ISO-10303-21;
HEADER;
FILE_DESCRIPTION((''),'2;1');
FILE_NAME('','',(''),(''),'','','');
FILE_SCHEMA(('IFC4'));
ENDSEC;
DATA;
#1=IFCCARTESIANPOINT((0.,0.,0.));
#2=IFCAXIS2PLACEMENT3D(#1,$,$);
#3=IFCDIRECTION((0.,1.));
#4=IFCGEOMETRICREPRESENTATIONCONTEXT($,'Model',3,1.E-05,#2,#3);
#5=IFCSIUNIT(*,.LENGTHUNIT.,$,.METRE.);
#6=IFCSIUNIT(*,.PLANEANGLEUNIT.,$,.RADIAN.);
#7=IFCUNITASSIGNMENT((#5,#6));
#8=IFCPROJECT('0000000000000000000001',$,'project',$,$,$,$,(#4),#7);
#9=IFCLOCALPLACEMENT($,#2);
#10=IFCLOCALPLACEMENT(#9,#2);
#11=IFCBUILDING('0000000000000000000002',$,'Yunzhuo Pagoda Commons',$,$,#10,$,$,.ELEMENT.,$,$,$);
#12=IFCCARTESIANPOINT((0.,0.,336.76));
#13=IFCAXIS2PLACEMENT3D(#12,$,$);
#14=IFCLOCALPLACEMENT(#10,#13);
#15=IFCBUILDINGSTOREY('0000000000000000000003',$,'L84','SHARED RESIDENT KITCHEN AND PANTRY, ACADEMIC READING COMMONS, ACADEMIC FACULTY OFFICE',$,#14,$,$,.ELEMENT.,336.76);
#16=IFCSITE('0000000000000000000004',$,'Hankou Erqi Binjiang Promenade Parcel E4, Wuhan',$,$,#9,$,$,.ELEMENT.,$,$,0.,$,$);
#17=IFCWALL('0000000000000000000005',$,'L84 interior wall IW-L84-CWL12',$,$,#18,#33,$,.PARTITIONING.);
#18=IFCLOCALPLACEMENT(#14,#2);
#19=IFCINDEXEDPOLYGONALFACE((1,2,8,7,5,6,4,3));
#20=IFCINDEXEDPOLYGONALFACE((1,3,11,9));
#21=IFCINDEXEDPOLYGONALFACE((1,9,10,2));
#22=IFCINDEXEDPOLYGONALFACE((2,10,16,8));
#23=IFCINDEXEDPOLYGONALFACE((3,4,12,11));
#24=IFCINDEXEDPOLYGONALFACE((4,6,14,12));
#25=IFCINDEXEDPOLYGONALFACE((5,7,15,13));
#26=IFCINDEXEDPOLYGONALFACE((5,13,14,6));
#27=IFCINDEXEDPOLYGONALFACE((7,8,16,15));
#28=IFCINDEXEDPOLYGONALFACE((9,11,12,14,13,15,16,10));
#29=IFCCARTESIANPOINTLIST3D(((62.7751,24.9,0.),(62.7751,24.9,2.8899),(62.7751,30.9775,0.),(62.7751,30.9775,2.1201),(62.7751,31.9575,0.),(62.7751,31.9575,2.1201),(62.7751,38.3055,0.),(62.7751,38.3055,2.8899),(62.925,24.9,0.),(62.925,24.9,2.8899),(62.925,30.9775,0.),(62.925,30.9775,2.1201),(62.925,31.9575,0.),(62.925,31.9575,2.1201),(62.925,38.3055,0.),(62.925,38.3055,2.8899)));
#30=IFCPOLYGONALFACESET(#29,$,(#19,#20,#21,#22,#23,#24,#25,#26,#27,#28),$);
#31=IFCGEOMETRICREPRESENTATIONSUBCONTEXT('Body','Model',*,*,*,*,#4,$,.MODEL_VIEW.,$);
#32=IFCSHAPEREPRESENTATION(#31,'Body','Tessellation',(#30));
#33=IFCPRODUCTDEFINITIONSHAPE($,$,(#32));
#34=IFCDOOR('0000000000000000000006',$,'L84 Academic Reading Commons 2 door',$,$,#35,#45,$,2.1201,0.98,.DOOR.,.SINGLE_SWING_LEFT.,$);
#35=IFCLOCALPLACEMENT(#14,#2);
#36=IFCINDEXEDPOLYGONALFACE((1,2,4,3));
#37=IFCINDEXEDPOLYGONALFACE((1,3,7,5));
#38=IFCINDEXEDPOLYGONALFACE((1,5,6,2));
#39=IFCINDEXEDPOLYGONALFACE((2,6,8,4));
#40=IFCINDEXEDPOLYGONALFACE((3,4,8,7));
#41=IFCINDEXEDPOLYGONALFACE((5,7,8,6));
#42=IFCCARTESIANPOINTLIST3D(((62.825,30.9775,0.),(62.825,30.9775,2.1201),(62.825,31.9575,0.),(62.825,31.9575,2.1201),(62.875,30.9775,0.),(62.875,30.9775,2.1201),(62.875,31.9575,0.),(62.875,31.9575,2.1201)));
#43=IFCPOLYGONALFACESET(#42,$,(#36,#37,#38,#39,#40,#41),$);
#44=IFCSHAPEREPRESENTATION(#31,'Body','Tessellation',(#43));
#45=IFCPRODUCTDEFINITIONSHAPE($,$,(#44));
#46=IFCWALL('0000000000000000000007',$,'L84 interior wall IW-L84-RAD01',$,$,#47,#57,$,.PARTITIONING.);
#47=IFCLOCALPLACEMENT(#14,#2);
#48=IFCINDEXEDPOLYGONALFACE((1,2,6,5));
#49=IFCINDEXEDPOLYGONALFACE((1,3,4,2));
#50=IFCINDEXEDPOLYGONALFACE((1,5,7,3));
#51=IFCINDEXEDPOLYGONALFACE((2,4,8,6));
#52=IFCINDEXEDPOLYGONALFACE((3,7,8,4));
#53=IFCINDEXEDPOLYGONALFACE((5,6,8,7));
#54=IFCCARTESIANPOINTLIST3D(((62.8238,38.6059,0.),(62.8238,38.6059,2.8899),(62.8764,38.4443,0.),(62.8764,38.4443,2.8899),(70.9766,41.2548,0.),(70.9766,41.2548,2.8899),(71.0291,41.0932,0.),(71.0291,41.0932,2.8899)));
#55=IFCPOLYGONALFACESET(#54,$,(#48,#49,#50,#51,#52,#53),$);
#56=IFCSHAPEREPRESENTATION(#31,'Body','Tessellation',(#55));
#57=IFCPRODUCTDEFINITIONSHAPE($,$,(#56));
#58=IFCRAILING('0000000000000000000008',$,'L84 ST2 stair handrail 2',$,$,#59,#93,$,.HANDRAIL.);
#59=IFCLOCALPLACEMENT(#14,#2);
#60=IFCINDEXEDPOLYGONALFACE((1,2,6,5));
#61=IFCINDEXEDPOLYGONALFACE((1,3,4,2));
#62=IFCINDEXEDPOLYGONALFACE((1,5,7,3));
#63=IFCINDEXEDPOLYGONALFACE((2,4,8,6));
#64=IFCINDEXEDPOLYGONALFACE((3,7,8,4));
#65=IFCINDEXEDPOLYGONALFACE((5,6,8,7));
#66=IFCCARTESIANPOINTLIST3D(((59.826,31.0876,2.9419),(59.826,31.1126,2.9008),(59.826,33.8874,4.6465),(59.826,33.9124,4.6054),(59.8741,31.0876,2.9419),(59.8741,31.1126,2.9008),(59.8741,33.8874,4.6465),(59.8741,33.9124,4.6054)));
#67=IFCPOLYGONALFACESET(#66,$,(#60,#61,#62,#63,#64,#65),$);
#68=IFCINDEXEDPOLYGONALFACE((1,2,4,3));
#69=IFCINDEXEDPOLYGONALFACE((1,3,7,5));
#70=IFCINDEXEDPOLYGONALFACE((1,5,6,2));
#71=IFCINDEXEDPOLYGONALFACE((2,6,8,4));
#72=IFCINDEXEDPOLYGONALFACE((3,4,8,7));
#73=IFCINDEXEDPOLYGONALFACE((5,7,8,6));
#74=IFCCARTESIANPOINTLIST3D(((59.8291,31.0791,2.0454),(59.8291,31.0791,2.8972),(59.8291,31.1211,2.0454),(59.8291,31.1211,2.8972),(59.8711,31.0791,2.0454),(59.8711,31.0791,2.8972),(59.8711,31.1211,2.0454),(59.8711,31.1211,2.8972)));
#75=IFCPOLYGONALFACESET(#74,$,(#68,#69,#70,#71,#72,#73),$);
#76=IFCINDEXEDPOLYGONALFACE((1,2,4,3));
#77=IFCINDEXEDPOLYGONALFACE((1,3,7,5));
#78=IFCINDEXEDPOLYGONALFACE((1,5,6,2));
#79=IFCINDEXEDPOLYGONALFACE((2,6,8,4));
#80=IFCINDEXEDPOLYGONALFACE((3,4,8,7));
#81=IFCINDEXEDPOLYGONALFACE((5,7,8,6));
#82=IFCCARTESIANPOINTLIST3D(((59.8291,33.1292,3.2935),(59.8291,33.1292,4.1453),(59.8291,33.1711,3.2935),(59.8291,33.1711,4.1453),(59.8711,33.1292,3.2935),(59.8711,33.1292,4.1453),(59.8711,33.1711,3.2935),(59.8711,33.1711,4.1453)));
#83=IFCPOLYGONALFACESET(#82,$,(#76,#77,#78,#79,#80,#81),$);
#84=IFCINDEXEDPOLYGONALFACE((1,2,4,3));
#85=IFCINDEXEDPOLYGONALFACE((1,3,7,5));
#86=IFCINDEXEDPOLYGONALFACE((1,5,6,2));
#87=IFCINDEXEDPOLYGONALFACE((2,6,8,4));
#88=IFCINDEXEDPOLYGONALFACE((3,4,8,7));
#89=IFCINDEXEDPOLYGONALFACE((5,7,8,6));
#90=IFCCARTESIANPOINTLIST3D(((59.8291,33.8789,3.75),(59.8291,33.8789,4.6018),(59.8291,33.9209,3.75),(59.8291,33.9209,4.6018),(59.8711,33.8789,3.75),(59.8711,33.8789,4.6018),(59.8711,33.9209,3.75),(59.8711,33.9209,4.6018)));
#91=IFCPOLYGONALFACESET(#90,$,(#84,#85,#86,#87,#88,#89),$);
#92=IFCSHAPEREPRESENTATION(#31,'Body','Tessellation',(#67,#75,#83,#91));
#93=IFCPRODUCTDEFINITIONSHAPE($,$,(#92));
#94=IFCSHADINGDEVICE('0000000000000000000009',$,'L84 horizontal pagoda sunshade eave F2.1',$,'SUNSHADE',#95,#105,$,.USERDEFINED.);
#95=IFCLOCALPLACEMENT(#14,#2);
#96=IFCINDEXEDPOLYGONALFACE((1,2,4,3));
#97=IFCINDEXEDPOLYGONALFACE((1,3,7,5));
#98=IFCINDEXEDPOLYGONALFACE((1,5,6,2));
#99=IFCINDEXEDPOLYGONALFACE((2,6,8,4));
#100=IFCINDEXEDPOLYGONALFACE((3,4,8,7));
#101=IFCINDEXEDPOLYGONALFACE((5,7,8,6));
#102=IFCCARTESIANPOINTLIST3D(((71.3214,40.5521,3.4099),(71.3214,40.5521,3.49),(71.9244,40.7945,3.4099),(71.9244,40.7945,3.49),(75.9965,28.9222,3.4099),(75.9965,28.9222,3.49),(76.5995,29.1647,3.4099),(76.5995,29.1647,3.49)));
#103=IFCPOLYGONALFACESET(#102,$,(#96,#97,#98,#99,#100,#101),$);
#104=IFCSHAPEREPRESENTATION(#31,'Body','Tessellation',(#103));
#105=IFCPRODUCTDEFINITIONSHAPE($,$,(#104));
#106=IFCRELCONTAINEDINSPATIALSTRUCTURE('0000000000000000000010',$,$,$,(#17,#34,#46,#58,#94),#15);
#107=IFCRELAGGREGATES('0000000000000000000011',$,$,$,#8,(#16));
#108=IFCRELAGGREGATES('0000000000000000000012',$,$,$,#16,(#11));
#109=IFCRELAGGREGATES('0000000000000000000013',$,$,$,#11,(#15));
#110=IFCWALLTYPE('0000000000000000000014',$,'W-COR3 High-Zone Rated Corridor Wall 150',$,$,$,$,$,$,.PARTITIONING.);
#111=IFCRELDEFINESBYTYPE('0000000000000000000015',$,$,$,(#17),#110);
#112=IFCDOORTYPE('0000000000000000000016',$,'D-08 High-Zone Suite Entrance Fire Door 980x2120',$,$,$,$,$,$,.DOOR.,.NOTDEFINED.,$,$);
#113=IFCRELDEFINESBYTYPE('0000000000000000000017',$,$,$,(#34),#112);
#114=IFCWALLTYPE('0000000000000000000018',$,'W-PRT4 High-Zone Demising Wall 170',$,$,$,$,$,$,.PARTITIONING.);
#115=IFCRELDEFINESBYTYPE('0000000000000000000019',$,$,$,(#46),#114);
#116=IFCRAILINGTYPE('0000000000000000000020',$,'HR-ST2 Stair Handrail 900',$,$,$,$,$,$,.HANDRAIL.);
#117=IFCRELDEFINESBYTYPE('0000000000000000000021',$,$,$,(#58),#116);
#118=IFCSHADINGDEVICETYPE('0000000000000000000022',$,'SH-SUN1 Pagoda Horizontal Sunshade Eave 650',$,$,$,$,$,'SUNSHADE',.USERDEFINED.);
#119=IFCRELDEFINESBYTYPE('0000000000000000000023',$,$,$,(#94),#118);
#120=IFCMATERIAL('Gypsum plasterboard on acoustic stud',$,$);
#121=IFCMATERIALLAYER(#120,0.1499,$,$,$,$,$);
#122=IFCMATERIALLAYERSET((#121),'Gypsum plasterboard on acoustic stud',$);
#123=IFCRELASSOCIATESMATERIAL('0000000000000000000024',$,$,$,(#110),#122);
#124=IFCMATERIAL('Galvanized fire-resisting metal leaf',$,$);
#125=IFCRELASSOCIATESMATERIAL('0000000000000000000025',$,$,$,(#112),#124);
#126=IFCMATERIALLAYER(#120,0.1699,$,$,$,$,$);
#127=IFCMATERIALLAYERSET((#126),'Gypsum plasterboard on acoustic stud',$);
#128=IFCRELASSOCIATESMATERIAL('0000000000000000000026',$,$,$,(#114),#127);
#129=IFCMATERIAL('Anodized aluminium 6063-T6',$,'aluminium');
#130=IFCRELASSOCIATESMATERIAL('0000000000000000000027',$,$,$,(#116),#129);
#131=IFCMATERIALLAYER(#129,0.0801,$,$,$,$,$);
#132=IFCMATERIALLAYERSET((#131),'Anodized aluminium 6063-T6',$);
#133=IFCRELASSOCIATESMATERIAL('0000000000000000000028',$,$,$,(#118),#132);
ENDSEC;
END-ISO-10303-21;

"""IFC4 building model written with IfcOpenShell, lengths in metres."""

from ifc_helpers import new_model, si_unit, direction, frame, frame_2d, origin, origin_with_axes, origin_2d, place, context, subcontext, project, spatial, rectangle, extrude, source, transform, mapped, material, layer, layer_set, type_object, element, fill, save


model = new_model("IFC4")

# Units and contexts
model_context = context("Model", 3, precision=1e-05, world=origin(), true_north=direction((0.0, 1.0)))
body_context = subcontext(model_context, "Body", "Model", "MODEL_VIEW")
ifc_project = project(units=[si_unit("LENGTHUNIT", "METRE"), si_unit("PLANEANGLEUNIT", "RADIAN")], contexts=[model_context])

# Site, building, storey
site_placement = place(None, origin())
site = spatial("IfcSite", under=ifc_project, at=site_placement, Name="Hankou Erqi Binjiang Promenade Parcel E4, Wuhan", CompositionType="ELEMENT", RefElevation=0.0)
building_placement = place(site_placement, origin())
building = spatial("IfcBuilding", under=site, at=building_placement, Name="Yunzhuo Pagoda Commons", CompositionType="ELEMENT")
storey_placement = place(building_placement, frame((0.0, 0.0, 336.76)))
storey = spatial("IfcBuildingStorey", under=building, at=storey_placement, Name="L84", Description="SHARED RESIDENT KITCHEN AND PANTRY, ACADEMIC READING COMMONS, ACADEMIC FACULTY OFFICE", CompositionType="ELEMENT", Elevation=336.76)

# Shared definitions
ifc_material_1 = material(Name="Anodized aluminium 6063-T6", Category="aluminium")

# Wall, opening, door
ifc_material_2 = material(Name="Gypsum plasterboard on acoustic stud")
ifc_layer_1 = layer(ifc_material_2, 0.1499)
ifc_layer_set_1 = layer_set([ifc_layer_1], Name="Gypsum plasterboard on acoustic stud")
wall_type_1 = type_object("IfcWallType", Name="W-COR3 High-Zone Rated Corridor Wall 150", PredefinedType="PARTITIONING", material=ifc_layer_set_1)
wall_1_placement = place(storey_placement, frame((62.8501, 38.3054, 0.0), z_axis=(0.0, 0.0, 1.0), x_axis=(0.0, -1.0, 0.0)))
wall_1 = element("IfcWall", 1, at=wall_1_placement, inside=storey, type_object=wall_type_1, Name="L84 interior wall IW-L84-CWL12", PredefinedType="PARTITIONING", context=body_context, shape_type="SweptSolid", body=[
    extrude(rectangle(XDim=13.4055, YDim=0.1499, at=frame_2d((6.7026, 0.0))), origin(), (0.0, 0.0, 1.0), 2.8899),
])
opening_placement = place(wall_1_placement, frame((6.3479, 0.0, 0.0)))
opening = element("IfcOpeningElement", 2, at=opening_placement, cuts=wall_1, PredefinedType="OPENING", context=body_context, shape_type="SweptSolid", body=[
    extrude(rectangle(XDim=0.98, YDim=2.1201, at=frame_2d((0.49, 1.0601))), frame((0.0, 0.085, 0.0), z_axis=(0.0, -1.0, 0.0), x_axis=(1.0, 0.0, 0.0)), (0.0, 0.0, 1.0), 0.1699),
])
ifc_material_3 = material(Name="Galvanized fire-resisting metal leaf")
door_type = type_object("IfcDoorType", Name="D-08 High-Zone Suite Entrance Fire Door 980x2120", OperationType="NOTDEFINED", PredefinedType="DOOR", material=ifc_material_3)
shared_shape_1 = source(origin(), body_context, "Body", "SweptSolid", [
    extrude(rectangle(XDim=0.98, YDim=2.1201, at=frame_2d((0.49, 1.0601))), frame((0.0, 0.0249, 0.0), z_axis=(0.0, -1.0, 0.0), x_axis=(1.0, 0.0, 0.0)), (0.0, 0.0, 1.0), 0.05),
])
door_placement = place(opening_placement, origin_with_axes())
door = element("IfcDoor", 3, at=door_placement, inside=storey, type_object=door_type, Name="L84 Academic Reading Commons 2 door", OperationType="SINGLE_SWING_LEFT", OverallHeight=2.1201, OverallWidth=0.98, PredefinedType="DOOR", context=body_context, shape_type="MappedRepresentation", body=[
    mapped(shared_shape_1, transform((0.0, 0.0, 0.0), scale=1.0)),
])
fill(opening, door)

# Wall
ifc_layer_2 = layer(ifc_material_2, 0.1699)
ifc_layer_set_2 = layer_set([ifc_layer_2], Name="Gypsum plasterboard on acoustic stud")
wall_type_2 = type_object("IfcWallType", Name="W-PRT4 High-Zone Demising Wall 170", PredefinedType="PARTITIONING", material=ifc_layer_set_2)
wall_2_placement = place(storey_placement, frame((62.8501, 38.5251, 0.0), z_axis=(0.0, 0.0, 1.0), x_axis=(0.95106, 0.309008, 0.0)))
element("IfcWall", 4, at=wall_2_placement, inside=storey, type_object=wall_type_2, Name="L84 interior wall IW-L84-RAD01", PredefinedType="PARTITIONING", context=body_context, shape_type="SweptSolid", body=[
    extrude(rectangle(XDim=8.5723, YDim=0.1699, at=frame_2d((4.2861, 0.0))), origin(), (0.0, 0.0, 1.0), 2.8899),
])

# Railing
railing_type = type_object("IfcRailingType", Name="HR-ST2 Stair Handrail 900", PredefinedType="HANDRAIL", material=ifc_material_1)
railing_placement = place(storey_placement, frame((59.8501, 31.1001, 2.0454)))
element("IfcRailing", 5, at=railing_placement, inside=storey, type_object=railing_type, Name="L84 ST2 stair handrail 2", PredefinedType="HANDRAIL", context=body_context, shape_type="SweptSolid", body=[
    extrude(rectangle(XDim=0.0481, YDim=0.0481, at=origin_2d()), frame((0.0, 0.0, 0.876), z_axis=(0.0, 0.85415, 0.520027), x_axis=(-1.0, 0.0, 0.0)), (0.0, 0.0, 1.0), 3.2778),
    extrude(rectangle(XDim=0.042, YDim=0.042, at=origin_2d()), origin(), (0.0, 0.0, 1.0), 0.8518),
    extrude(rectangle(XDim=0.042, YDim=0.042, at=origin_2d()), frame((0.0, 2.05, 1.248)), (0.0, 0.0, 1.0), 0.8518),
    extrude(rectangle(XDim=0.042, YDim=0.042, at=origin_2d()), frame((0.0, 2.7998, 1.7046)), (0.0, 0.0, 1.0), 0.8518),
])

# Shading device
ifc_layer_3 = layer(ifc_material_1, 0.0801)
ifc_layer_set_3 = layer_set([ifc_layer_3], Name="Anodized aluminium 6063-T6")
shading_device_type = type_object("IfcShadingDeviceType", Name="SH-SUN1 Pagoda Horizontal Sunshade Eave 650", ElementType="SUNSHADE", PredefinedType="USERDEFINED", material=ifc_layer_set_3)
shared_shape_2 = source(origin(), body_context, "Body", "SweptSolid", [
    extrude(rectangle(XDim=12.5344, YDim=0.6499, at=origin_2d()), origin(), (0.0, 0.0, 1.0), 0.0801),
])
shading_device_placement = place(storey_placement, frame((73.9604, 34.8584, 3.4099), z_axis=(0.0, 0.0, 1.0), x_axis=(-0.372988, 0.927836, 0.0)))
element("IfcShadingDevice", 6, at=shading_device_placement, inside=storey, type_object=shading_device_type, Name="L84 horizontal pagoda sunshade eave F2.1", ObjectType="SUNSHADE", PredefinedType="USERDEFINED", context=body_context, shape_type="MappedRepresentation", body=[
    mapped(shared_shape_2, transform((0.0, 0.0, 0.0), scale=1.0)),
])

save(model, "model.ifc")
